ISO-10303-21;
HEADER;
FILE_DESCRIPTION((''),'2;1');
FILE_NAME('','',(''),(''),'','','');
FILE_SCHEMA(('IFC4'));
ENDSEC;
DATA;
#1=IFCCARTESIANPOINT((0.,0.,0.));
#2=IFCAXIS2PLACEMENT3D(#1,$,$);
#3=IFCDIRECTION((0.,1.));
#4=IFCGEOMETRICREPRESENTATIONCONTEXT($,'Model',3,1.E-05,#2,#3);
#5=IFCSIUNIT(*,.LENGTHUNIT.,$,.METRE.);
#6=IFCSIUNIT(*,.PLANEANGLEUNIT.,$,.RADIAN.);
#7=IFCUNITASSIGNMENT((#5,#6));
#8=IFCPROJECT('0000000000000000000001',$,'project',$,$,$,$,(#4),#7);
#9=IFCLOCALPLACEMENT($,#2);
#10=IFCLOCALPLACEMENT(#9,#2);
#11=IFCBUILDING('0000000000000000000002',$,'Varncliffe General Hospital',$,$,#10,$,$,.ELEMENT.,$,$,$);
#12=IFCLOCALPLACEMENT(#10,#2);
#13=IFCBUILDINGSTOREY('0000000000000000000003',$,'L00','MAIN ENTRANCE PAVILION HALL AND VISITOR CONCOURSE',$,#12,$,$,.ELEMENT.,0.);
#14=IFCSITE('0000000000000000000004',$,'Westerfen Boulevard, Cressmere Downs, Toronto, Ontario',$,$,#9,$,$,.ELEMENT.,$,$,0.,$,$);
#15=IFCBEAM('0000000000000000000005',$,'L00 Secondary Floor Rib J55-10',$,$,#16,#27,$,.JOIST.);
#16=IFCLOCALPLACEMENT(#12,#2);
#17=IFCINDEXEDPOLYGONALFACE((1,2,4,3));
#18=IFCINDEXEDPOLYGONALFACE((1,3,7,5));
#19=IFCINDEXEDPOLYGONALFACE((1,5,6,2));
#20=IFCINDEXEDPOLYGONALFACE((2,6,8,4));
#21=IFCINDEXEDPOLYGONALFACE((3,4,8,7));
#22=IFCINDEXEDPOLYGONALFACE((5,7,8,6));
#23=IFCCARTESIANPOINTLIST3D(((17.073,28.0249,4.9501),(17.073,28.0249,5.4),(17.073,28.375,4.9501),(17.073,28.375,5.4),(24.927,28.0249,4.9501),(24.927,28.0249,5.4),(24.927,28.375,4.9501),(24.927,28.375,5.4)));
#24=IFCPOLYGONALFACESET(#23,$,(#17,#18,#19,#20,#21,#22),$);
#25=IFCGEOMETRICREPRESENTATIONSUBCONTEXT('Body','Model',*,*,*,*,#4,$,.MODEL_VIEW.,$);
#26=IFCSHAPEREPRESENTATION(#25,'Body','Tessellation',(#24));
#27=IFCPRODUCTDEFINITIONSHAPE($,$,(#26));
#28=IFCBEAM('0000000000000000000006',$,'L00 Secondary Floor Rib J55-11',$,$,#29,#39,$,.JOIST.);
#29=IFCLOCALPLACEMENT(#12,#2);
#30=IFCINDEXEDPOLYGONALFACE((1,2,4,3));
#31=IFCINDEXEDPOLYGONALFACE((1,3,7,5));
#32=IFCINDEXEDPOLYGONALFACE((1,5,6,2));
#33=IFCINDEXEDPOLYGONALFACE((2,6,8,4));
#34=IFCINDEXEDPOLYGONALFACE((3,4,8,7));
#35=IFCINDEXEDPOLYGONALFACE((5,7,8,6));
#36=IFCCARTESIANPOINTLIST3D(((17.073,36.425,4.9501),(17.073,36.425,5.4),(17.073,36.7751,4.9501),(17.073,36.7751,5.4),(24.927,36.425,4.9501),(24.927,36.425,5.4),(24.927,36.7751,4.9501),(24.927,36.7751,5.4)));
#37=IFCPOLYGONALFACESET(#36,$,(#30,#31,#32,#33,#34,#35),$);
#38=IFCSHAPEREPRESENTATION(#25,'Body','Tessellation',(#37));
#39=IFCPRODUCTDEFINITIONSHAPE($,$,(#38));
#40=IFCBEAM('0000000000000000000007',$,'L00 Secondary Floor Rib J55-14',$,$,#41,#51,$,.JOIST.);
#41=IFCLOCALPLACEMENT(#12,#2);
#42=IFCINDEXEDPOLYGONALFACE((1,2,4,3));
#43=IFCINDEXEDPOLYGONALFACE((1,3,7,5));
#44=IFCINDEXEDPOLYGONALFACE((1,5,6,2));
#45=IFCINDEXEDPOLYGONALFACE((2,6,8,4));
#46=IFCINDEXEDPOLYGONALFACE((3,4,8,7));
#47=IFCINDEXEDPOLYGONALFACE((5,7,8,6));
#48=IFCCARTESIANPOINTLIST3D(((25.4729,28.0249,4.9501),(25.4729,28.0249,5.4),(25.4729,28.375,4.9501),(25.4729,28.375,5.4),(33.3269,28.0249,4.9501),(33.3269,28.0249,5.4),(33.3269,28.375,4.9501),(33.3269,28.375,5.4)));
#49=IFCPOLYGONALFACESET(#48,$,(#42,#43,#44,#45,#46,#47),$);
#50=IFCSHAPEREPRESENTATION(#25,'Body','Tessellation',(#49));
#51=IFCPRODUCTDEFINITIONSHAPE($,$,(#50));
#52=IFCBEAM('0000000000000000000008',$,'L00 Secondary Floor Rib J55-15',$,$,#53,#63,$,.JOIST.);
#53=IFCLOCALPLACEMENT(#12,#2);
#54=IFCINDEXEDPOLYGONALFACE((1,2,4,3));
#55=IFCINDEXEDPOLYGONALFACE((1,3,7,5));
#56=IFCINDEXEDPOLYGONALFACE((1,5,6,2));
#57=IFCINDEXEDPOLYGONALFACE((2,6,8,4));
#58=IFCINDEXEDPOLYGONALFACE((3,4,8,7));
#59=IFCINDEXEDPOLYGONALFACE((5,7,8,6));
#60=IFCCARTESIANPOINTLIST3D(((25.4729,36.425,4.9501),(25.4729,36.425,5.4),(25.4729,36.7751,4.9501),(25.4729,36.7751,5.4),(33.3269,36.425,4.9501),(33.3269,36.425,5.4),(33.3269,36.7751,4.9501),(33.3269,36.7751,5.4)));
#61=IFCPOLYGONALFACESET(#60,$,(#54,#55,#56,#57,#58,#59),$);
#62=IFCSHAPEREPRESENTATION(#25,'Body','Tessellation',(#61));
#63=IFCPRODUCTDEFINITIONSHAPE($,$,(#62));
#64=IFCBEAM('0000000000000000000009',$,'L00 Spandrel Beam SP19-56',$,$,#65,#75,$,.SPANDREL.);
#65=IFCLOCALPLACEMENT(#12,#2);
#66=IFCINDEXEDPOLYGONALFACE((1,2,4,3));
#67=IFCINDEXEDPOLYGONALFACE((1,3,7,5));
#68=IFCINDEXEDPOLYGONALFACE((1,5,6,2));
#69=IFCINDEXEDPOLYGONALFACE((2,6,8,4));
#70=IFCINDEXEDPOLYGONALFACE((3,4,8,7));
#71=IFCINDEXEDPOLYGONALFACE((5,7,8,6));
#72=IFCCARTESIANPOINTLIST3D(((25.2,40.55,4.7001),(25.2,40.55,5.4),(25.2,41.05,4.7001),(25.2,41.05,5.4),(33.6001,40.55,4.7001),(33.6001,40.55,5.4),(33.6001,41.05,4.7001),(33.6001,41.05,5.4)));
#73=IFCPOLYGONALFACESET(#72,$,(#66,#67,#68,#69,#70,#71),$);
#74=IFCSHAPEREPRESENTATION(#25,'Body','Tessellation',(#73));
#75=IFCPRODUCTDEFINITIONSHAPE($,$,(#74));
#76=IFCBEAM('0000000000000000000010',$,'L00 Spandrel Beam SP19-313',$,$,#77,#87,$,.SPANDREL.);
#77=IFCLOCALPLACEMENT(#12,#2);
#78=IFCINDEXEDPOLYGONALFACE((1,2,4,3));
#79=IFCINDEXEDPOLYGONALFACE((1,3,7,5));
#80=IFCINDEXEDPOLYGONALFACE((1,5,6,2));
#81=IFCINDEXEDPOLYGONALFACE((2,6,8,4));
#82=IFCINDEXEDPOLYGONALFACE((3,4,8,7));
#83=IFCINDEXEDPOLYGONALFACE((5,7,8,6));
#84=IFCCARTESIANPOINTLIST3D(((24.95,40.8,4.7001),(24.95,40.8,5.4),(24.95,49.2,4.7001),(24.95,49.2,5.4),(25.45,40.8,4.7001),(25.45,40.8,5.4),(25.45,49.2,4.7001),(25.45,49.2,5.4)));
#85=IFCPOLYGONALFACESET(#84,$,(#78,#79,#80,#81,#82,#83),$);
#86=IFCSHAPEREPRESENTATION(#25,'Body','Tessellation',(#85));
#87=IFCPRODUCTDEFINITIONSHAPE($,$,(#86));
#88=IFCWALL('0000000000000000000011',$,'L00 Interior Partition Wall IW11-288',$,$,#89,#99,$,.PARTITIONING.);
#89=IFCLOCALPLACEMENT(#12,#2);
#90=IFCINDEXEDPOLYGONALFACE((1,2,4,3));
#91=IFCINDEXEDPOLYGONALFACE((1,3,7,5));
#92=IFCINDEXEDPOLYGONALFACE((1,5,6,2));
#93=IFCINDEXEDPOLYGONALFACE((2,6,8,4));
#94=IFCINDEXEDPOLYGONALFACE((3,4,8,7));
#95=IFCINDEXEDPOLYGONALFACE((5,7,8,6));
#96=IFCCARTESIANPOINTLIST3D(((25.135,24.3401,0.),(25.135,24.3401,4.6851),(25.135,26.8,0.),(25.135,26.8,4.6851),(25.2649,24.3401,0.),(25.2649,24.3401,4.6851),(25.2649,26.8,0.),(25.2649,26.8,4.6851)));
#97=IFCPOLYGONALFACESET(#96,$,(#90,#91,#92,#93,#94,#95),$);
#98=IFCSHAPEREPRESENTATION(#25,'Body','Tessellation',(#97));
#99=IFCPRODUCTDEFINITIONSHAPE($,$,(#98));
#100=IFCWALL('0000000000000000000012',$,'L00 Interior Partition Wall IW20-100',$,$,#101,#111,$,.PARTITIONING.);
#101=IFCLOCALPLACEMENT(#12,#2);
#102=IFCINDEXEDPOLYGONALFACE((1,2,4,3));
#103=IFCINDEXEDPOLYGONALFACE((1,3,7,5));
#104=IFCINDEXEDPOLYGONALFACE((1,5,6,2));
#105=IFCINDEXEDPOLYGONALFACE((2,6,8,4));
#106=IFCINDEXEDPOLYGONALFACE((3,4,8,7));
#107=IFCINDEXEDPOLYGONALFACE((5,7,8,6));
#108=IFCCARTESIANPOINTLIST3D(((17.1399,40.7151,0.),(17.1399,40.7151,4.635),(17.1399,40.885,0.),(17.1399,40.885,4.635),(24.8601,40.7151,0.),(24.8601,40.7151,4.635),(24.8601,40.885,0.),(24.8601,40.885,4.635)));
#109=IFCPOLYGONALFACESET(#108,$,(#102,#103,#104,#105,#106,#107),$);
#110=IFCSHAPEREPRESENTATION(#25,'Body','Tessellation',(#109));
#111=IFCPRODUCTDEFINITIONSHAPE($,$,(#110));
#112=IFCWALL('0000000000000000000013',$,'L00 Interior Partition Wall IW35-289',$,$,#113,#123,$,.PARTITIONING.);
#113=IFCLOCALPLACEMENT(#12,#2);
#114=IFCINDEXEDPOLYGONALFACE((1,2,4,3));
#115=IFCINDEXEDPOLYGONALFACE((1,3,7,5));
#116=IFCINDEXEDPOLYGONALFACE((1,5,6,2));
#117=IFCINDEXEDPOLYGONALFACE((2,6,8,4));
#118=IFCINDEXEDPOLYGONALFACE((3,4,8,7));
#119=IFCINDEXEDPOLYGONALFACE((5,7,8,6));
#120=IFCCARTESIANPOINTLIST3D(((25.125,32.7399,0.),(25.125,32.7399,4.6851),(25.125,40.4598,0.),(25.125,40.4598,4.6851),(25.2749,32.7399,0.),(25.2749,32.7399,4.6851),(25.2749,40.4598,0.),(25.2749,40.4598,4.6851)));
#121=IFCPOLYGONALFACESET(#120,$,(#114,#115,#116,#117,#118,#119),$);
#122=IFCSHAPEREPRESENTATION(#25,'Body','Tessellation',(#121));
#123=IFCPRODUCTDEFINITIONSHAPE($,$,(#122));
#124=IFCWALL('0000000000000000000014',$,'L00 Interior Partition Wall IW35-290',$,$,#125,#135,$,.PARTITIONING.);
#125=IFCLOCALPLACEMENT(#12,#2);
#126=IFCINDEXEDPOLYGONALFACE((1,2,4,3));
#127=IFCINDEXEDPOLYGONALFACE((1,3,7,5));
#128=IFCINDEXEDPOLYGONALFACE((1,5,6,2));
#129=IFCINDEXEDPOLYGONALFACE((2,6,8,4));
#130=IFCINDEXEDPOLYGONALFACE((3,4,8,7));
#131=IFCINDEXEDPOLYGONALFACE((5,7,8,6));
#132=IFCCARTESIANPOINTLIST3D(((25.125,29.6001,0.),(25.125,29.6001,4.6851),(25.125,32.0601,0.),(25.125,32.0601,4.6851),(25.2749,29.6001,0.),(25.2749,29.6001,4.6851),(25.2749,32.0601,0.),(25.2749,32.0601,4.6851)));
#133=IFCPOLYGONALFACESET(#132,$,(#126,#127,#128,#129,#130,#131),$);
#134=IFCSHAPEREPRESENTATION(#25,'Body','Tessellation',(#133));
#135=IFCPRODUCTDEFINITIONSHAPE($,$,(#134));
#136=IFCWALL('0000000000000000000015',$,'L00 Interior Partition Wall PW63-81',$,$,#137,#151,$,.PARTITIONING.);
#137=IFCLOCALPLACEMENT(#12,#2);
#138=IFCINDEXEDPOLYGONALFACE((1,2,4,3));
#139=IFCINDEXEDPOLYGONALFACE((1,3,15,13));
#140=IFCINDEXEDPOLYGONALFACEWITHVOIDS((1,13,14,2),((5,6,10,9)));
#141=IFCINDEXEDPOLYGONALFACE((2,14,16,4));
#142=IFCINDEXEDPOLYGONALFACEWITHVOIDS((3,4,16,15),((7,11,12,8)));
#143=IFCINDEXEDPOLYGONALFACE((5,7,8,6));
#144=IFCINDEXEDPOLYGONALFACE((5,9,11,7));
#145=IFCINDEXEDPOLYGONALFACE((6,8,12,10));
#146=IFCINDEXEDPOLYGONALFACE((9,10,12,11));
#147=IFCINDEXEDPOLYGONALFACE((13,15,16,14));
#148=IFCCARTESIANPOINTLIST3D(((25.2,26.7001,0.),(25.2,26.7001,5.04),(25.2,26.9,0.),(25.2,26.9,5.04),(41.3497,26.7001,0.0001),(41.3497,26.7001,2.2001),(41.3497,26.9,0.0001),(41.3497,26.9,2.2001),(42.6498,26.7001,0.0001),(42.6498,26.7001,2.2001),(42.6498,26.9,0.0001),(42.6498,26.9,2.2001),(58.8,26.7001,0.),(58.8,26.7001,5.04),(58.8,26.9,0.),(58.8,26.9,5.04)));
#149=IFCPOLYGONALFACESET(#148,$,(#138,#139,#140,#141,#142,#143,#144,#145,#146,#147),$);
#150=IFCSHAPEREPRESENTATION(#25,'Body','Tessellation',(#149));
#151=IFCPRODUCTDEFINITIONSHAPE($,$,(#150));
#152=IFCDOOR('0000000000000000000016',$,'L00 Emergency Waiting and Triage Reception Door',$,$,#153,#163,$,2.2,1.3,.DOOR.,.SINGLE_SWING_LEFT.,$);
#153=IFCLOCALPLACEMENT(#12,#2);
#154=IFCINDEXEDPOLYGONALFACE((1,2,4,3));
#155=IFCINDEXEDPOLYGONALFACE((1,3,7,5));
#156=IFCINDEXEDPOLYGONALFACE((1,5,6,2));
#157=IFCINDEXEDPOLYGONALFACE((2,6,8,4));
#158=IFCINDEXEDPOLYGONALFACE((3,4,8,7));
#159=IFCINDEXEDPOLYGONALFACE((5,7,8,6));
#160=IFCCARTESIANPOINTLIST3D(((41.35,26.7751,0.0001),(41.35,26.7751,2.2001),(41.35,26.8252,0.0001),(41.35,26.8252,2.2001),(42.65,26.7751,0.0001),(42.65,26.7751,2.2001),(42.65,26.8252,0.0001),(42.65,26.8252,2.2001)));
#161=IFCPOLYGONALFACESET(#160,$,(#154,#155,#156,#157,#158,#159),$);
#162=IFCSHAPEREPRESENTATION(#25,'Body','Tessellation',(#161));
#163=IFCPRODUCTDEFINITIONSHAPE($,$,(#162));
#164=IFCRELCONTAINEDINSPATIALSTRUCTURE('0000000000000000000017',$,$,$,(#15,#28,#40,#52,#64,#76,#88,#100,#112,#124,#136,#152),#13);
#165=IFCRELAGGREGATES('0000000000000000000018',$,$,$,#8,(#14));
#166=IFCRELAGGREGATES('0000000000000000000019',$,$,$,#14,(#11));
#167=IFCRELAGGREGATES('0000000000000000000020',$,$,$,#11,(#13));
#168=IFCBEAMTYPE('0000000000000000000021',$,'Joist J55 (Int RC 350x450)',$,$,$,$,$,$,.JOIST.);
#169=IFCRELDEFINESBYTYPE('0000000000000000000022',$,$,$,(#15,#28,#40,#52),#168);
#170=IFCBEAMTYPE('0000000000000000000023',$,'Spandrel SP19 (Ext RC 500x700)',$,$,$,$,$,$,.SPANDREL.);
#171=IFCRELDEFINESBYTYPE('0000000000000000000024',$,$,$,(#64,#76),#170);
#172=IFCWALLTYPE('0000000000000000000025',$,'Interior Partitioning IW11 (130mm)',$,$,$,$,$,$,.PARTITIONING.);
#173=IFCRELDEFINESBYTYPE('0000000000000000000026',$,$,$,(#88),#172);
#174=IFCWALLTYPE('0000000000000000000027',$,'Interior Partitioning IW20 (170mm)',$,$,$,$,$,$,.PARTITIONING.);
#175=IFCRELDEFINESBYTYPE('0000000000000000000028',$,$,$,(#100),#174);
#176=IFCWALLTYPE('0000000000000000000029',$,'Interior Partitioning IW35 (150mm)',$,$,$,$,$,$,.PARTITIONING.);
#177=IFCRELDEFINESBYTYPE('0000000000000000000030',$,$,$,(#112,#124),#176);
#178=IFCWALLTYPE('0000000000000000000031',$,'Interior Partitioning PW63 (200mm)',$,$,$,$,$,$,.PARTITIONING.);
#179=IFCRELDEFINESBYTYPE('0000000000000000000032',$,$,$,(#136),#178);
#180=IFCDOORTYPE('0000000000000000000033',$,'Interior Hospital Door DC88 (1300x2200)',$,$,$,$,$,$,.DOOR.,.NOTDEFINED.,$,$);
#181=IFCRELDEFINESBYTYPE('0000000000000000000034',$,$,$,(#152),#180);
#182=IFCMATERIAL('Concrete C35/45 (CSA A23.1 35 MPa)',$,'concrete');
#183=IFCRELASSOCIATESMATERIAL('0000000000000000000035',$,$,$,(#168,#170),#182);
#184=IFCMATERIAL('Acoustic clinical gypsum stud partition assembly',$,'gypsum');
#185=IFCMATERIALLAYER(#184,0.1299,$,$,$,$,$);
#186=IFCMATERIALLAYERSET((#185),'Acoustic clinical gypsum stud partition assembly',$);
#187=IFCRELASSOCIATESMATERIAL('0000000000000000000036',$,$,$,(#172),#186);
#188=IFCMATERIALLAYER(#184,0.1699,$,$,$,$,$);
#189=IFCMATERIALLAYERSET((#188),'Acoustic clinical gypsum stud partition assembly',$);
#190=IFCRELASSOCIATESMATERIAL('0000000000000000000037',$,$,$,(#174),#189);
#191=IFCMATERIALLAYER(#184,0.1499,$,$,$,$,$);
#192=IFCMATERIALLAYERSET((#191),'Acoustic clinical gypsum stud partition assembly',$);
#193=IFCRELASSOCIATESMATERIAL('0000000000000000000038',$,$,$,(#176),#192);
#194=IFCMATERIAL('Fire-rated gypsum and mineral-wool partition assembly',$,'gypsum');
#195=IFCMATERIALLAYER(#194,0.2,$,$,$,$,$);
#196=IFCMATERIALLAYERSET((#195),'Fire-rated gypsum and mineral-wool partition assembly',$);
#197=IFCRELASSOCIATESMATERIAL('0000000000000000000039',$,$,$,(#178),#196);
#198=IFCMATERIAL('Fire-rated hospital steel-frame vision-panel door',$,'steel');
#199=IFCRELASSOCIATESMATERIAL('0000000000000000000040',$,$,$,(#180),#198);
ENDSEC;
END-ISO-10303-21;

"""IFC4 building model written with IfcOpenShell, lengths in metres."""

from ifc_helpers import new_model, si_unit, direction, frame, frame_2d, origin, origin_2d, place, context, subcontext, project, spatial, rectangle, extrude, material, layer, layer_set, material_profile, profile_set, type_object, element, fill, save


model = new_model("IFC4")

# Units and contexts
model_context = context("Model", 3, precision=1e-05, world=origin(), true_north=direction((0.0, 1.0)))
body_context = subcontext(model_context, "Body", "Model", "MODEL_VIEW")
ifc_project = project(units=[si_unit("LENGTHUNIT", "METRE"), si_unit("PLANEANGLEUNIT", "RADIAN")], contexts=[model_context])

# Site, building, storey
site_placement = place(None, origin())
site = spatial("IfcSite", under=ifc_project, at=site_placement, Name="Westerfen Boulevard, Cressmere Downs, Toronto, Ontario", CompositionType="ELEMENT", RefElevation=0.0)
building_placement = place(site_placement, origin())
building = spatial("IfcBuilding", under=site, at=building_placement, Name="Varncliffe General Hospital", CompositionType="ELEMENT")
storey_placement = place(building_placement, origin())
storey = spatial("IfcBuildingStorey", under=building, at=storey_placement, Name="L00", Description="MAIN ENTRANCE PAVILION HALL AND VISITOR CONCOURSE", CompositionType="ELEMENT", Elevation=0.0)

# Shared definitions
ifc_material_1 = material(Name="Concrete C35/45 (CSA A23.1 35 MPa)", Category="concrete")

# Beams
ifc_material_profile_1 = material_profile(ifc_material_1, rectangle(XDim=0.3501, YDim=0.45, at=origin_2d()), Name="RC 350x450")
ifc_profile_set_1 = profile_set([ifc_material_profile_1], Name="Concrete C35/45 (CSA A23.1 35 MPa)")
beam_type_1 = type_object("IfcBeamType", Name="Joist J55 (Int RC 350x450)", PredefinedType="JOIST", material=ifc_profile_set_1)
for number, where, z_axis, x_axis, name in (
    (1, (17.073, 28.2, 5.175), (1.0, 0.0, 0.0), (0.0, 1.0, 0.0), "L00 Secondary Floor Rib J55-10"),
    (2, (17.073, 36.6001, 5.175), (1.0, 0.0, 0.0), (0.0, 1.0, 0.0), "L00 Secondary Floor Rib J55-11"),
    (3, (25.4729, 28.2, 5.175), (1.0, 0.0, 0.0), (0.0, 1.0, 0.0), "L00 Secondary Floor Rib J55-14"),
    (4, (25.4729, 36.6001, 5.175), (1.0, 0.0, 0.0), (0.0, 1.0, 0.0), "L00 Secondary Floor Rib J55-15"),
):
    element("IfcBeam", number, at=place(storey_placement, frame(where, z_axis=z_axis, x_axis=x_axis)), inside=storey, type_object=beam_type_1, Name=name, PredefinedType="JOIST", context=body_context, shape_type="SweptSolid", body=[
        extrude(rectangle(XDim=0.3501, YDim=0.45, at=origin_2d()), origin(), (0.0, 0.0, 1.0), 7.854),
    ])
ifc_material_profile_2 = material_profile(ifc_material_1, rectangle(XDim=0.5, YDim=0.7, at=origin_2d()), Name="RC 500x700")
ifc_profile_set_2 = profile_set([ifc_material_profile_2], Name="Concrete C35/45 (CSA A23.1 35 MPa)")
beam_type_2 = type_object("IfcBeamType", Name="Spandrel SP19 (Ext RC 500x700)", PredefinedType="SPANDREL", material=ifc_profile_set_2)
beam_1_placement = place(storey_placement, frame((25.2, 40.8, 5.05), z_axis=(1.0, 0.0, 0.0), x_axis=(0.0, 1.0, 0.0)))
element("IfcBeam", 5, at=beam_1_placement, inside=storey, type_object=beam_type_2, Name="L00 Spandrel Beam SP19-56", PredefinedType="SPANDREL", context=body_context, shape_type="SweptSolid", body=[
    extrude(rectangle(XDim=0.5, YDim=0.7, at=origin_2d()), origin(), (0.0, 0.0, 1.0), 8.4001),
])
beam_2_placement = place(storey_placement, frame((25.2, 40.8, 5.05), z_axis=(0.0, 1.0, 0.0), x_axis=(-1.0, 0.0, 0.0)))
element("IfcBeam", 6, at=beam_2_placement, inside=storey, type_object=beam_type_2, Name="L00 Spandrel Beam SP19-313", PredefinedType="SPANDREL", context=body_context, shape_type="SweptSolid", body=[
    extrude(rectangle(XDim=0.5, YDim=0.7, at=origin_2d()), origin(), (0.0, 0.0, 1.0), 8.3999),
])

# Walls
ifc_material_2 = material(Name="Acoustic clinical gypsum stud partition assembly", Category="gypsum")
ifc_layer_1 = layer(ifc_material_2, 0.1299)
ifc_layer_set_1 = layer_set([ifc_layer_1], Name="Acoustic clinical gypsum stud partition assembly")
wall_type_1 = type_object("IfcWallType", Name="Interior Partitioning IW11 (130mm)", PredefinedType="PARTITIONING", material=ifc_layer_set_1)
wall_1_placement = place(storey_placement, frame((25.2, 24.3401, 0.0), z_axis=(0.0, 0.0, 1.0), x_axis=(0.0, 1.0, 0.0)))
element("IfcWall", 7, at=wall_1_placement, inside=storey, type_object=wall_type_1, Name="L00 Interior Partition Wall IW11-288", PredefinedType="PARTITIONING", context=body_context, shape_type="SweptSolid", body=[
    extrude(rectangle(XDim=2.46, YDim=0.1299, at=frame_2d((1.23, 0.0))), origin(), (0.0, 0.0, 1.0), 4.6851),
])
ifc_layer_2 = layer(ifc_material_2, 0.1699)
ifc_layer_set_2 = layer_set([ifc_layer_2], Name="Acoustic clinical gypsum stud partition assembly")
wall_type_2 = type_object("IfcWallType", Name="Interior Partitioning IW20 (170mm)", PredefinedType="PARTITIONING", material=ifc_layer_set_2)
wall_2_placement = place(storey_placement, frame((17.1399, 40.8, 0.0), z_axis=(0.0, 0.0, 1.0), x_axis=(1.0, 0.0, 0.0)))
element("IfcWall", 8, at=wall_2_placement, inside=storey, type_object=wall_type_2, Name="L00 Interior Partition Wall IW20-100", PredefinedType="PARTITIONING", context=body_context, shape_type="SweptSolid", body=[
    extrude(rectangle(XDim=7.7202, YDim=0.1699, at=frame_2d((3.8601, 0.0))), origin(), (0.0, 0.0, 1.0), 4.635),
])
ifc_layer_3 = layer(ifc_material_2, 0.1499)
ifc_layer_set_3 = layer_set([ifc_layer_3], Name="Acoustic clinical gypsum stud partition assembly")
wall_type_3 = type_object("IfcWallType", Name="Interior Partitioning IW35 (150mm)", PredefinedType="PARTITIONING", material=ifc_layer_set_3)
wall_3_placement = place(storey_placement, frame((25.2, 32.74, 0.0), z_axis=(0.0, 0.0, 1.0), x_axis=(0.0, 1.0, 0.0)))
element("IfcWall", 9, at=wall_3_placement, inside=storey, type_object=wall_type_3, Name="L00 Interior Partition Wall IW35-289", PredefinedType="PARTITIONING", context=body_context, shape_type="SweptSolid", body=[
    extrude(rectangle(XDim=7.72, YDim=0.1499, at=frame_2d((3.8599, 0.0))), origin(), (0.0, 0.0, 1.0), 4.6851),
])
wall_4_placement = place(storey_placement, frame((25.2, 29.6001, 0.0), z_axis=(0.0, 0.0, 1.0), x_axis=(0.0, 1.0, 0.0)))
element("IfcWall", 10, at=wall_4_placement, inside=storey, type_object=wall_type_3, Name="L00 Interior Partition Wall IW35-290", PredefinedType="PARTITIONING", context=body_context, shape_type="SweptSolid", body=[
    extrude(rectangle(XDim=2.46, YDim=0.1499, at=frame_2d((1.23, 0.0))), origin(), (0.0, 0.0, 1.0), 4.6851),
])

# Wall, opening, door
ifc_material_3 = material(Name="Fire-rated gypsum and mineral-wool partition assembly", Category="gypsum")
ifc_layer_4 = layer(ifc_material_3, 0.2)
ifc_layer_set_4 = layer_set([ifc_layer_4], Name="Fire-rated gypsum and mineral-wool partition assembly")
wall_type_4 = type_object("IfcWallType", Name="Interior Partitioning PW63 (200mm)", PredefinedType="PARTITIONING", material=ifc_layer_set_4)
wall_5_placement = place(storey_placement, frame((25.2, 26.8, 0.0), z_axis=(0.0, 0.0, 1.0), x_axis=(1.0, 0.0, 0.0)))
wall_5 = element("IfcWall", 11, at=wall_5_placement, inside=storey, type_object=wall_type_4, Name="L00 Interior Partition Wall PW63-81", PredefinedType="PARTITIONING", context=body_context, shape_type="SweptSolid", body=[
    extrude(rectangle(XDim=33.6001, YDim=0.2, at=frame_2d((16.8, 0.0))), origin(), (0.0, 0.0, 1.0), 5.04),
])
opening_1_placement = place(wall_5_placement, frame((16.1499, 0.0, 0.0)))
opening_1 = element("IfcOpeningElement", 12, at=opening_1_placement, cuts=wall_5, PredefinedType="OPENING", context=body_context, shape_type="SweptSolid", body=[
    extrude(rectangle(XDim=1.3, YDim=2.2, at=frame_2d((0.6499, 1.1001))), frame((0.0, 0.1099, 0.0), z_axis=(0.0, -1.0, 0.0), x_axis=(1.0, 0.0, 0.0)), (0.0, 0.0, 1.0), 0.22),
])
ifc_material_4 = material(Name="Fire-rated hospital steel-frame vision-panel door", Category="steel")
door_type_1 = type_object("IfcDoorType", Name="Interior Hospital Door DC88 (1300x2200)", OperationType="NOTDEFINED", PredefinedType="DOOR", material=ifc_material_4)
door_1_placement = place(opening_1_placement, frame((1.3, 0.0, 0.0), z_axis=(0.0, 0.0, 1.0), x_axis=(-1.0, 0.0, 0.0)))
door_1 = element("IfcDoor", 13, at=door_1_placement, inside=storey, type_object=door_type_1, Name="L00 Emergency Waiting and Triage Reception Door", OperationType="SINGLE_SWING_LEFT", OverallHeight=2.2, OverallWidth=1.3, PredefinedType="DOOR", context=body_context, shape_type="SweptSolid", body=[
    extrude(rectangle(XDim=1.3, YDim=2.2, at=frame_2d((0.6499, 1.1001))), frame((0.0, 0.0249, 0.0), z_axis=(0.0, -1.0, 0.0), x_axis=(1.0, 0.0, 0.0)), (0.0, 0.0, 1.0), 0.05),
])
fill(opening_1, door_1)

save(model, "model.ifc")
